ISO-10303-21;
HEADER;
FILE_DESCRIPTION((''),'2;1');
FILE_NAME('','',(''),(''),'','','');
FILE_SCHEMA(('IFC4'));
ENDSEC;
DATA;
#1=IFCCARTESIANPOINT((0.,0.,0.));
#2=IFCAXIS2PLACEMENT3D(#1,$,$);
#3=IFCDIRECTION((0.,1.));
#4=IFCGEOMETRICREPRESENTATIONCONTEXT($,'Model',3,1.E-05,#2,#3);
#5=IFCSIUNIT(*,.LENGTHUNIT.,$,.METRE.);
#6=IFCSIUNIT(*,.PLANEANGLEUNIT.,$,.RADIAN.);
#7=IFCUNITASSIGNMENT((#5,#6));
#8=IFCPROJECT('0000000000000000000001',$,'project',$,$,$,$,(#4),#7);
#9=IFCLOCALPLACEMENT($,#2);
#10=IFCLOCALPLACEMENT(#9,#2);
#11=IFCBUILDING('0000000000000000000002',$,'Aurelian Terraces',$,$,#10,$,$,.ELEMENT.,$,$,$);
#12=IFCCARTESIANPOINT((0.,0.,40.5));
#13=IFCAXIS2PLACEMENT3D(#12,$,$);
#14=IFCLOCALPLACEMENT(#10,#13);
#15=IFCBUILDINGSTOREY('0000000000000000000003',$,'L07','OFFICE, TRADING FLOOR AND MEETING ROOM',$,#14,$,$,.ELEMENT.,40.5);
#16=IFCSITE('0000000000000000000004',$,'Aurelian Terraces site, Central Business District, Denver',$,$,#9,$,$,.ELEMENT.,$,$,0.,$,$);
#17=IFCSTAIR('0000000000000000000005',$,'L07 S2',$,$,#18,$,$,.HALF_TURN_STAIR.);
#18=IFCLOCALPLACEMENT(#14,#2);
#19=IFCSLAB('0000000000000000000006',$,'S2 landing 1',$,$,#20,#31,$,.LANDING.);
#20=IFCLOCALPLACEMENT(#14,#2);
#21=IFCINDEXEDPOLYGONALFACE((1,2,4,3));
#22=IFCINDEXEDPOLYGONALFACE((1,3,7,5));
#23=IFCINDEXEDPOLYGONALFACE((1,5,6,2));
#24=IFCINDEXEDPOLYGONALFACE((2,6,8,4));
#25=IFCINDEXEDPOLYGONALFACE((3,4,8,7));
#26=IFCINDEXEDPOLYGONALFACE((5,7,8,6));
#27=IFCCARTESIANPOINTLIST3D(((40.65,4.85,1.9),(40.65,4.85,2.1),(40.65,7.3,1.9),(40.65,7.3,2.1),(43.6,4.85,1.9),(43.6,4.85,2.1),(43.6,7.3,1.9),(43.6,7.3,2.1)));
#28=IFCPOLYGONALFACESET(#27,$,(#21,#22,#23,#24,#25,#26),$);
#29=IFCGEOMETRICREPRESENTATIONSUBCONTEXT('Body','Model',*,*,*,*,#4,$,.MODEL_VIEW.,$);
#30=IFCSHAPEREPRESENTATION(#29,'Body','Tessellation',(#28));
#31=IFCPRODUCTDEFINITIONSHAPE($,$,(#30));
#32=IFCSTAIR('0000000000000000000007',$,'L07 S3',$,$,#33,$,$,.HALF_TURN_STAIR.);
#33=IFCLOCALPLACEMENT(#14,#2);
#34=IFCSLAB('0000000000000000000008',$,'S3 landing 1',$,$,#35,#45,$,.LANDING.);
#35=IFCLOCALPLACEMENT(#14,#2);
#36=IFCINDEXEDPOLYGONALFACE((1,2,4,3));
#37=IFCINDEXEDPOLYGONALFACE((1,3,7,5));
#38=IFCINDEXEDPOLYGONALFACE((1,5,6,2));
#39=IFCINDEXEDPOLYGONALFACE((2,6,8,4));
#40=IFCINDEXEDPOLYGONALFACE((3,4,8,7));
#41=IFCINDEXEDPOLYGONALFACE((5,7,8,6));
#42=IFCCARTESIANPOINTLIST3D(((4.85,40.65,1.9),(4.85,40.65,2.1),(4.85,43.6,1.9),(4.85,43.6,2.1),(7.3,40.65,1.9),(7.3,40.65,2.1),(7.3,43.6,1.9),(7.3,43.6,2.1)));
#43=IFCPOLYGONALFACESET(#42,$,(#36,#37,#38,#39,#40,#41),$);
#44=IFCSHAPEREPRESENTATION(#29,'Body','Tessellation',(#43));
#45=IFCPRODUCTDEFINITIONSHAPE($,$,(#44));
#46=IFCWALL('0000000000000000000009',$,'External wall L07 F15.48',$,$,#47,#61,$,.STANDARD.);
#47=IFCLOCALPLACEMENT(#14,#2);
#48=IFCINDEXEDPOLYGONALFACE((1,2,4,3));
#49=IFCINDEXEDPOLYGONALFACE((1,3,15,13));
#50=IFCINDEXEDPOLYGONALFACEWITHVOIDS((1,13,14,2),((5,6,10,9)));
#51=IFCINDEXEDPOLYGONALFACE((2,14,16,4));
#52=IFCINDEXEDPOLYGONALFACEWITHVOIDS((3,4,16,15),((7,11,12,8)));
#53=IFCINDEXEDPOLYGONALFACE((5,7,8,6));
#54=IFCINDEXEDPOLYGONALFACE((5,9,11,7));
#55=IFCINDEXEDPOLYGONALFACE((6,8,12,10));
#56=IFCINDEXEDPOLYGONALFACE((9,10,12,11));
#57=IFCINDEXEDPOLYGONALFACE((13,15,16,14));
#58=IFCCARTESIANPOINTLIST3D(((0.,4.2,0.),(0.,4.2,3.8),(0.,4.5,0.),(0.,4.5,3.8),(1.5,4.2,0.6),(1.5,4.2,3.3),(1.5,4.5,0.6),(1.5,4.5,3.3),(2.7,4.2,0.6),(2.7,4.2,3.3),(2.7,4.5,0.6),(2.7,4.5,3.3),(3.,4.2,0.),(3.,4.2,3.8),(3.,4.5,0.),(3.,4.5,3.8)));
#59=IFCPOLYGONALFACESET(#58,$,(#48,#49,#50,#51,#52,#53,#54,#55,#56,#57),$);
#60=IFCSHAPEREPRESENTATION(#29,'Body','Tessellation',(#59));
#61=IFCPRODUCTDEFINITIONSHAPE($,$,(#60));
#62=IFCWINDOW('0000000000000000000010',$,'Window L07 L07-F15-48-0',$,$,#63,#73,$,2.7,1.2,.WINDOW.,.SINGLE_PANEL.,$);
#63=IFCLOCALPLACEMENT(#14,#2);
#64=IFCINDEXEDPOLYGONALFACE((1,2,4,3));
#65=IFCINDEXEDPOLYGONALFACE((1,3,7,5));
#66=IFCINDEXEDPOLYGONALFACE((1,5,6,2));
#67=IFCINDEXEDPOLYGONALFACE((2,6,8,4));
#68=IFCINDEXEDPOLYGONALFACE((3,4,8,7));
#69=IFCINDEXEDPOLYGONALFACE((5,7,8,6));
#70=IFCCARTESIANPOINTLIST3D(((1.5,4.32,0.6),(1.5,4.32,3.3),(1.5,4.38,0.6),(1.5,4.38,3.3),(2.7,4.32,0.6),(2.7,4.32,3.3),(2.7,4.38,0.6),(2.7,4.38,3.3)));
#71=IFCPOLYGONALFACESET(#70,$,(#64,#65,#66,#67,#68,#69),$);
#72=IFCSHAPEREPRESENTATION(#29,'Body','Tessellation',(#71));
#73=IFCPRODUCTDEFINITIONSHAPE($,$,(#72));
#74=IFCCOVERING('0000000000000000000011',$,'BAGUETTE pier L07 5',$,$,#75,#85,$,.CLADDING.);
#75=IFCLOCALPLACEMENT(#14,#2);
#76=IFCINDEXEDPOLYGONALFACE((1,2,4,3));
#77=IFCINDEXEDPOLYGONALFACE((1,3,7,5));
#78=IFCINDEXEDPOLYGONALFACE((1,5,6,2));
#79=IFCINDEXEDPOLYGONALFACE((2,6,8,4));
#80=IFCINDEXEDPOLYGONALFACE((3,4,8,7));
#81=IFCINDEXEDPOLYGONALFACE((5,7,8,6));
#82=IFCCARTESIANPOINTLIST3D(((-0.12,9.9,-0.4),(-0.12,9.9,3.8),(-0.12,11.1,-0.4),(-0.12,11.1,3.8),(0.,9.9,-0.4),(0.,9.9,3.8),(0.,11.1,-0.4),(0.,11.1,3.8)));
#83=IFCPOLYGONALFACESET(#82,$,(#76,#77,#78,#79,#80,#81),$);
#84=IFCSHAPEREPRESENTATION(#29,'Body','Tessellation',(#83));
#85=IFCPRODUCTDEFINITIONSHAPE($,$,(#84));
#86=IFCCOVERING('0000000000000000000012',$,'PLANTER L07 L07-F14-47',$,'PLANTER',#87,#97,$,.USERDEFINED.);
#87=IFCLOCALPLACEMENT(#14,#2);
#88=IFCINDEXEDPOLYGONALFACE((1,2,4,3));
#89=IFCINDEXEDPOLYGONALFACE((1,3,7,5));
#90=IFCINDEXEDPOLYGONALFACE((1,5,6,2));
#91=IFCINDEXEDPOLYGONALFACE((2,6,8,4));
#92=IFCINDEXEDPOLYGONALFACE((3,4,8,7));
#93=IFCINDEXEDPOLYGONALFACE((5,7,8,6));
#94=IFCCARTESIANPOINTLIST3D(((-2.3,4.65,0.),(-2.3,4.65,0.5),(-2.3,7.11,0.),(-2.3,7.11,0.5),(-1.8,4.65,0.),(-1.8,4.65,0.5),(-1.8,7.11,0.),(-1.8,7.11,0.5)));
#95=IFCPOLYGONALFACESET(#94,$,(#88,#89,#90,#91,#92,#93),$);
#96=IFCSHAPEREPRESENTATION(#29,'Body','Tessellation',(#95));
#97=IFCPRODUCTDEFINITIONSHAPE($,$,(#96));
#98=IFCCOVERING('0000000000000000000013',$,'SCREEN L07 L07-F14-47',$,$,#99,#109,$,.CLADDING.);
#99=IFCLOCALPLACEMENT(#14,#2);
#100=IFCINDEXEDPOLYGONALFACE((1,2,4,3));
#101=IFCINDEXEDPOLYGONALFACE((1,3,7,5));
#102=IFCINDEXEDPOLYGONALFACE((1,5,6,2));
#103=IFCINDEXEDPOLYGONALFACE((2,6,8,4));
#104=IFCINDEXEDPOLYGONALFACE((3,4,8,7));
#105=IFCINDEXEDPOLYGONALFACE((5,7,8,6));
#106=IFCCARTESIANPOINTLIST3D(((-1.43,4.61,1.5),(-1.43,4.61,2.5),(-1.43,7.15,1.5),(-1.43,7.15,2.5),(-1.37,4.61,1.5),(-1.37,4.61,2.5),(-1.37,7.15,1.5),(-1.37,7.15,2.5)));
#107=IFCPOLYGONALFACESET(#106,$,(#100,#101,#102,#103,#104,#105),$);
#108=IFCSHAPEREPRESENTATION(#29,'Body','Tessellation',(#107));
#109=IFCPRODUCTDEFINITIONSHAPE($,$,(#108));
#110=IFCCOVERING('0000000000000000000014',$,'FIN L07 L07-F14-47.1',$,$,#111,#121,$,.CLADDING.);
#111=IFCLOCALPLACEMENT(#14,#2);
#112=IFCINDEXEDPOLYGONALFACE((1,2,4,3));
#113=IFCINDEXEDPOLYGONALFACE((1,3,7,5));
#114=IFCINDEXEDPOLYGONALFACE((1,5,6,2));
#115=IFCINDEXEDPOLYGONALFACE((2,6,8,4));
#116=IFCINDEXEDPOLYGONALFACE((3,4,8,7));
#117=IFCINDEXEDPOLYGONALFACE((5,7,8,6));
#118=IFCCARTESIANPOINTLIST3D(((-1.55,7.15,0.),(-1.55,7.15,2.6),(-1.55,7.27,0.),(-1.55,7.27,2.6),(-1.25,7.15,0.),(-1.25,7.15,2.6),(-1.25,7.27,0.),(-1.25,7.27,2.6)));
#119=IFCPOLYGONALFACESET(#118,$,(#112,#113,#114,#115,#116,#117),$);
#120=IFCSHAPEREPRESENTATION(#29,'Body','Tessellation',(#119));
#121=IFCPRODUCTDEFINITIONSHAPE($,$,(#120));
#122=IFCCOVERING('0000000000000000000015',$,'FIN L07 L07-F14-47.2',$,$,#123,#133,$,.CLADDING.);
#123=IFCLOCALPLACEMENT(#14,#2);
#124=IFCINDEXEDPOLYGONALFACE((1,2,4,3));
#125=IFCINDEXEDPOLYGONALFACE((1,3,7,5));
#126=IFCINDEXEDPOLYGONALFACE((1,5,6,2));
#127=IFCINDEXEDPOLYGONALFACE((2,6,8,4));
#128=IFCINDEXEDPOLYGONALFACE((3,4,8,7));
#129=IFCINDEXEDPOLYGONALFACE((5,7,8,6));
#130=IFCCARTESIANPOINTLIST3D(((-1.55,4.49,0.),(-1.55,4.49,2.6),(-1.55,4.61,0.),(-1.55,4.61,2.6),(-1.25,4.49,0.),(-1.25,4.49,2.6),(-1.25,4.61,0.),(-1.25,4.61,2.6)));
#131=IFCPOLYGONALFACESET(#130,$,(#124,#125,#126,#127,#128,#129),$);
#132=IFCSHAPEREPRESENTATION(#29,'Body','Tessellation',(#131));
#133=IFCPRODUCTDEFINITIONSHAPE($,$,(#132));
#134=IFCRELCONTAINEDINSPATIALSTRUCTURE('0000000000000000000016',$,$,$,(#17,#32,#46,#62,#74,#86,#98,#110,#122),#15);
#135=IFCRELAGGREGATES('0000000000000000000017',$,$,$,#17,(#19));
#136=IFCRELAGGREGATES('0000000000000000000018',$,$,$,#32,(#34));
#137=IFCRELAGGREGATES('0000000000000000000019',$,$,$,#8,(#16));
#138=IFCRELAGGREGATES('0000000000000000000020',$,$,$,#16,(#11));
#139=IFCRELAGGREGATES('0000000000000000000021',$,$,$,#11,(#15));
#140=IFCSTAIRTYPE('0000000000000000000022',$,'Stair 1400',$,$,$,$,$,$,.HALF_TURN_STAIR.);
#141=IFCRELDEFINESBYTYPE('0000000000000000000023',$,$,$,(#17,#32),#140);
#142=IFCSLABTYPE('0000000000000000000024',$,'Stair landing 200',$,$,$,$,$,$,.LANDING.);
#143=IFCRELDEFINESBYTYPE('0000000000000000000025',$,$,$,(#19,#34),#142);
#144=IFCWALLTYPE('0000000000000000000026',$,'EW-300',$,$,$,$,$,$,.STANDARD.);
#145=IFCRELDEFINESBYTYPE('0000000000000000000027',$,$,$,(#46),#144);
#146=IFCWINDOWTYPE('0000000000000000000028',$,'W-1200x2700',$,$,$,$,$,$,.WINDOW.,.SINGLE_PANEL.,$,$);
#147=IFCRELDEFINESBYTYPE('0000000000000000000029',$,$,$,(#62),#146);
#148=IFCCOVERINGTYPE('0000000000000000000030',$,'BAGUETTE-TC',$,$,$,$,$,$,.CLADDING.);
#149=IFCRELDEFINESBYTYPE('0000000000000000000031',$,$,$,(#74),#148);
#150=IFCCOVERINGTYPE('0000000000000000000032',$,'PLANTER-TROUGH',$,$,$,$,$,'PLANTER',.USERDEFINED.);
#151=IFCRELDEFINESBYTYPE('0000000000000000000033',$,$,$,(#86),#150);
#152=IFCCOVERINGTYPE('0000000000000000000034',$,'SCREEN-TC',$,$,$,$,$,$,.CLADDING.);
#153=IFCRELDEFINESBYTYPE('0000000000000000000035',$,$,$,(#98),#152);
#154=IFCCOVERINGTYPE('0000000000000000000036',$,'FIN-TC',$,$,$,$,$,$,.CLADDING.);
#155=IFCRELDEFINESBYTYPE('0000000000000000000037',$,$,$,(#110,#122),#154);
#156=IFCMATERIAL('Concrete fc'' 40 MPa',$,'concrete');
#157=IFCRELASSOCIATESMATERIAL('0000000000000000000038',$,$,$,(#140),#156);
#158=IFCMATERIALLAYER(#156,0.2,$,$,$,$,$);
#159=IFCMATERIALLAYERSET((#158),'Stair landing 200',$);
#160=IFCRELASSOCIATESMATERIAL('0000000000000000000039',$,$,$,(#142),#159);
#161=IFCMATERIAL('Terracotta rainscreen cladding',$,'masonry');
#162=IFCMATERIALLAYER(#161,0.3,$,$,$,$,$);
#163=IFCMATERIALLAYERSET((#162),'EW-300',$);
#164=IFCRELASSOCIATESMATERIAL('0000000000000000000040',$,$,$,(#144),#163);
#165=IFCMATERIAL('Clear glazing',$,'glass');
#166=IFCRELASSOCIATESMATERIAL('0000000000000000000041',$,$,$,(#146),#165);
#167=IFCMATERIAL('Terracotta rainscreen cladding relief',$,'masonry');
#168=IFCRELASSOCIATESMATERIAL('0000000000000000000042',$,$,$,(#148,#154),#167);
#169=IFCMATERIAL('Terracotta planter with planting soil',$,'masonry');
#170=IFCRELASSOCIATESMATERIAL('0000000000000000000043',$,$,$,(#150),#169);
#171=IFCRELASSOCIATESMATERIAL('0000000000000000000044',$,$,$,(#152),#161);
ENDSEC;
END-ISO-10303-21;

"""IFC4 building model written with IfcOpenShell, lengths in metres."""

from ifc_helpers import new_model, si_unit, direction, frame, frame_2d, origin, origin_2d, place, context, subcontext, project, spatial, polyline, rectangle, outline, extrude, source, transform, mapped, material, layer, layer_set, type_object, element, fill, aggregate, save


model = new_model("IFC4")

# Units and contexts
model_context = context("Model", 3, precision=1e-05, world=origin(), true_north=direction((0.0, 1.0)))
body_context = subcontext(model_context, "Body", "Model", "MODEL_VIEW")
ifc_project = project(units=[si_unit("LENGTHUNIT", "METRE"), si_unit("PLANEANGLEUNIT", "RADIAN")], contexts=[model_context])

# Site, building, storey
site_placement = place(None, origin())
site = spatial("IfcSite", under=ifc_project, at=site_placement, Name="Aurelian Terraces site, Central Business District, Denver", CompositionType="ELEMENT", RefElevation=0.0)
building_placement = place(site_placement, origin())
building = spatial("IfcBuilding", under=site, at=building_placement, Name="Aurelian Terraces", CompositionType="ELEMENT")
storey_placement = place(building_placement, frame((0.0, 0.0, 40.5)))
storey = spatial("IfcBuildingStorey", under=building, at=storey_placement, Name="L07", Description="OFFICE, TRADING FLOOR AND MEETING ROOM", CompositionType="ELEMENT", Elevation=40.5)

# Shared definitions
ifc_material_1 = material(Name="Concrete fc' 40 MPa", Category="concrete")

# Stairs, slabs
stair_type = type_object("IfcStairType", Name="Stair 1400", PredefinedType="HALF_TURN_STAIR", material=ifc_material_1)
ifc_layer_1 = layer(ifc_material_1, 0.2)
ifc_layer_set_1 = layer_set([ifc_layer_1], Name="Stair landing 200")
slab_type_1 = type_object("IfcSlabType", Name="Stair landing 200", PredefinedType="LANDING", material=ifc_layer_set_1)
stair_1_placement = place(storey_placement, origin())
stair_1 = element("IfcStair", 1, at=stair_1_placement, inside=storey, type_object=stair_type, Name="L07 S2", PredefinedType="HALF_TURN_STAIR")
shared_shape_1 = source(origin(), body_context, "Body", "SweptSolid", [
    extrude(outline(polyline([(43.6, 4.85), (43.6, 7.3), (40.65, 7.3), (40.65, 4.85), (43.6, 4.85)])), origin(), (0.0, 0.0, 1.0), 0.2),
])
slab_1_placement = place(storey_placement, frame((0.0, 0.0, 1.9)))
slab_1 = element("IfcSlab", 2, at=slab_1_placement, type_object=slab_type_1, Name="S2 landing 1", PredefinedType="LANDING", context=body_context, shape_type="MappedRepresentation", body=[
    mapped(shared_shape_1, transform((0.0, 0.0, 0.0), scale=1.0)),
])
aggregate(stair_1, [slab_1])
stair_2_placement = place(storey_placement, origin())
stair_2 = element("IfcStair", 3, at=stair_2_placement, inside=storey, type_object=stair_type, Name="L07 S3", PredefinedType="HALF_TURN_STAIR")
shared_shape_2 = source(origin(), body_context, "Body", "SweptSolid", [
    extrude(outline(polyline([(4.85, 40.65), (7.3, 40.65), (7.3, 43.6), (4.85, 43.6), (4.85, 40.65)])), origin(), (0.0, 0.0, 1.0), 0.2),
])
slab_2_placement = place(storey_placement, frame((0.0, 0.0, 1.9)))
slab_2 = element("IfcSlab", 4, at=slab_2_placement, type_object=slab_type_1, Name="S3 landing 1", PredefinedType="LANDING", context=body_context, shape_type="MappedRepresentation", body=[
    mapped(shared_shape_2, transform((0.0, 0.0, 0.0), scale=1.0)),
])
aggregate(stair_2, [slab_2])

# Wall, opening, window
ifc_material_2 = material(Name="Terracotta rainscreen cladding", Category="masonry")
ifc_layer_2 = layer(ifc_material_2, 0.3)
ifc_layer_set_2 = layer_set([ifc_layer_2], Name="EW-300")
wall_type = type_object("IfcWallType", Name="EW-300", PredefinedType="STANDARD", material=ifc_layer_set_2)
shared_shape_3 = source(origin(), body_context, "Body", "SweptSolid", [
    extrude(rectangle(XDim=3.0, YDim=0.3, at=frame_2d((1.5, 0.0))), origin(), (0.0, 0.0, 1.0), 3.8),
])
wall_placement = place(storey_placement, frame((0.0, 4.35, 0.0), z_axis=(0.0, 0.0, 1.0), x_axis=(1.0, 0.0, 0.0)))
wall = element("IfcWall", 5, at=wall_placement, inside=storey, type_object=wall_type, Name="External wall L07 F15.48", PredefinedType="STANDARD", context=body_context, shape_type="MappedRepresentation", body=[
    mapped(shared_shape_3, transform((0.0, 0.0, 0.0), scale=1.0)),
])
shared_shape_4 = source(origin(), body_context, "Body", "SweptSolid", [
    extrude(rectangle(XDim=1.2, YDim=2.7, at=frame_2d((0.6, 1.35))), frame((0.0, 0.16, 0.0), z_axis=(0.0, -1.0, 0.0), x_axis=(1.0, 0.0, 0.0)), (0.0, 0.0, 1.0), 0.32),
])
opening_placement = place(wall_placement, frame((1.5, 0.0, 0.6)))
opening = element("IfcOpeningElement", 6, at=opening_placement, cuts=wall, PredefinedType="OPENING", context=body_context, shape_type="MappedRepresentation", body=[
    mapped(shared_shape_4, transform((0.0, 0.0, 0.0), scale=1.0)),
])
ifc_material_3 = material(Name="Clear glazing", Category="glass")
window_type = type_object("IfcWindowType", Name="W-1200x2700", PartitioningType="SINGLE_PANEL", PredefinedType="WINDOW", material=ifc_material_3)
shared_shape_5 = source(origin(), body_context, "Body", "SweptSolid", [
    extrude(rectangle(XDim=1.2, YDim=2.7, at=frame_2d((0.6, 1.35))), frame((0.0, 0.03, 0.0), z_axis=(0.0, -1.0, 0.0), x_axis=(1.0, 0.0, 0.0)), (0.0, 0.0, 1.0), 0.06),
])
window_placement = place(opening_placement, origin())
window = element("IfcWindow", 7, at=window_placement, inside=storey, type_object=window_type, Name="Window L07 L07-F15-48-0", OverallHeight=2.7, OverallWidth=1.2, PartitioningType="SINGLE_PANEL", PredefinedType="WINDOW", context=body_context, shape_type="MappedRepresentation", body=[
    mapped(shared_shape_5, transform((0.0, 0.0, 0.0), scale=1.0)),
])
fill(opening, window)

# Covering
ifc_material_4 = material(Name="Terracotta rainscreen cladding relief", Category="masonry")
covering_type_1 = type_object("IfcCoveringType", Name="BAGUETTE-TC", PredefinedType="CLADDING", material=ifc_material_4)
covering_1_placement = place(storey_placement, frame((-0.06, 10.5, -0.4), z_axis=(0.0, 0.0, 1.0), x_axis=(1.0, 0.0, 0.0)))
element("IfcCovering", 8, at=covering_1_placement, inside=storey, type_object=covering_type_1, Name="BAGUETTE pier L07 5", PredefinedType="CLADDING", context=body_context, shape_type="SweptSolid", body=[
    extrude(rectangle(XDim=0.12, YDim=1.2, at=origin_2d()), origin(), (0.0, 0.0, 1.0), 4.2),
])

# Coverings
ifc_material_5 = material(Name="Terracotta planter with planting soil", Category="masonry")
covering_type_2 = type_object("IfcCoveringType", Name="PLANTER-TROUGH", ElementType="PLANTER", PredefinedType="USERDEFINED", material=ifc_material_5)
covering_2_placement = place(storey_placement, frame((-2.05, 5.88, 0.0), z_axis=(0.0, 0.0, 1.0), x_axis=(1.0, 0.0, 0.0)))
element("IfcCovering", 9, at=covering_2_placement, inside=storey, type_object=covering_type_2, Name="PLANTER L07 L07-F14-47", ObjectType="PLANTER", PredefinedType="USERDEFINED", context=body_context, shape_type="SweptSolid", body=[
    extrude(rectangle(XDim=0.5, YDim=2.46, at=origin_2d()), origin(), (0.0, 0.0, 1.0), 0.5),
])
covering_type_3 = type_object("IfcCoveringType", Name="SCREEN-TC", PredefinedType="CLADDING", material=ifc_material_2)
covering_3_placement = place(storey_placement, frame((-1.4, 5.88, 1.5), z_axis=(0.0, 0.0, 1.0), x_axis=(1.0, 0.0, 0.0)))
element("IfcCovering", 10, at=covering_3_placement, inside=storey, type_object=covering_type_3, Name="SCREEN L07 L07-F14-47", PredefinedType="CLADDING", context=body_context, shape_type="SweptSolid", body=[
    extrude(rectangle(XDim=0.06, YDim=2.54, at=origin_2d()), origin(), (0.0, 0.0, 1.0), 1.0),
])
covering_type_4 = type_object("IfcCoveringType", Name="FIN-TC", PredefinedType="CLADDING", material=ifc_material_4)
shared_shape_6 = source(origin(), body_context, "Body", "SweptSolid", [
    extrude(rectangle(XDim=0.3, YDim=0.12, at=origin_2d()), origin(), (0.0, 0.0, 1.0), 2.6),
])
for number, where, z_axis, x_axis, name in (
    (11, (-1.4, 7.21, 0.0), (0.0, 0.0, 1.0), (1.0, 0.0, 0.0), "FIN L07 L07-F14-47.1"),
    (12, (-1.4, 4.55, 0.0), (0.0, 0.0, 1.0), (1.0, 0.0, 0.0), "FIN L07 L07-F14-47.2"),
):
    element("IfcCovering", number, at=place(storey_placement, frame(where, z_axis=z_axis, x_axis=x_axis)), inside=storey, type_object=covering_type_4, Name=name, PredefinedType="CLADDING", context=body_context, shape_type="MappedRepresentation", body=[
        mapped(shared_shape_6, transform((0.0, 0.0, 0.0), scale=1.0)),
    ])

save(model, "model.ifc")
